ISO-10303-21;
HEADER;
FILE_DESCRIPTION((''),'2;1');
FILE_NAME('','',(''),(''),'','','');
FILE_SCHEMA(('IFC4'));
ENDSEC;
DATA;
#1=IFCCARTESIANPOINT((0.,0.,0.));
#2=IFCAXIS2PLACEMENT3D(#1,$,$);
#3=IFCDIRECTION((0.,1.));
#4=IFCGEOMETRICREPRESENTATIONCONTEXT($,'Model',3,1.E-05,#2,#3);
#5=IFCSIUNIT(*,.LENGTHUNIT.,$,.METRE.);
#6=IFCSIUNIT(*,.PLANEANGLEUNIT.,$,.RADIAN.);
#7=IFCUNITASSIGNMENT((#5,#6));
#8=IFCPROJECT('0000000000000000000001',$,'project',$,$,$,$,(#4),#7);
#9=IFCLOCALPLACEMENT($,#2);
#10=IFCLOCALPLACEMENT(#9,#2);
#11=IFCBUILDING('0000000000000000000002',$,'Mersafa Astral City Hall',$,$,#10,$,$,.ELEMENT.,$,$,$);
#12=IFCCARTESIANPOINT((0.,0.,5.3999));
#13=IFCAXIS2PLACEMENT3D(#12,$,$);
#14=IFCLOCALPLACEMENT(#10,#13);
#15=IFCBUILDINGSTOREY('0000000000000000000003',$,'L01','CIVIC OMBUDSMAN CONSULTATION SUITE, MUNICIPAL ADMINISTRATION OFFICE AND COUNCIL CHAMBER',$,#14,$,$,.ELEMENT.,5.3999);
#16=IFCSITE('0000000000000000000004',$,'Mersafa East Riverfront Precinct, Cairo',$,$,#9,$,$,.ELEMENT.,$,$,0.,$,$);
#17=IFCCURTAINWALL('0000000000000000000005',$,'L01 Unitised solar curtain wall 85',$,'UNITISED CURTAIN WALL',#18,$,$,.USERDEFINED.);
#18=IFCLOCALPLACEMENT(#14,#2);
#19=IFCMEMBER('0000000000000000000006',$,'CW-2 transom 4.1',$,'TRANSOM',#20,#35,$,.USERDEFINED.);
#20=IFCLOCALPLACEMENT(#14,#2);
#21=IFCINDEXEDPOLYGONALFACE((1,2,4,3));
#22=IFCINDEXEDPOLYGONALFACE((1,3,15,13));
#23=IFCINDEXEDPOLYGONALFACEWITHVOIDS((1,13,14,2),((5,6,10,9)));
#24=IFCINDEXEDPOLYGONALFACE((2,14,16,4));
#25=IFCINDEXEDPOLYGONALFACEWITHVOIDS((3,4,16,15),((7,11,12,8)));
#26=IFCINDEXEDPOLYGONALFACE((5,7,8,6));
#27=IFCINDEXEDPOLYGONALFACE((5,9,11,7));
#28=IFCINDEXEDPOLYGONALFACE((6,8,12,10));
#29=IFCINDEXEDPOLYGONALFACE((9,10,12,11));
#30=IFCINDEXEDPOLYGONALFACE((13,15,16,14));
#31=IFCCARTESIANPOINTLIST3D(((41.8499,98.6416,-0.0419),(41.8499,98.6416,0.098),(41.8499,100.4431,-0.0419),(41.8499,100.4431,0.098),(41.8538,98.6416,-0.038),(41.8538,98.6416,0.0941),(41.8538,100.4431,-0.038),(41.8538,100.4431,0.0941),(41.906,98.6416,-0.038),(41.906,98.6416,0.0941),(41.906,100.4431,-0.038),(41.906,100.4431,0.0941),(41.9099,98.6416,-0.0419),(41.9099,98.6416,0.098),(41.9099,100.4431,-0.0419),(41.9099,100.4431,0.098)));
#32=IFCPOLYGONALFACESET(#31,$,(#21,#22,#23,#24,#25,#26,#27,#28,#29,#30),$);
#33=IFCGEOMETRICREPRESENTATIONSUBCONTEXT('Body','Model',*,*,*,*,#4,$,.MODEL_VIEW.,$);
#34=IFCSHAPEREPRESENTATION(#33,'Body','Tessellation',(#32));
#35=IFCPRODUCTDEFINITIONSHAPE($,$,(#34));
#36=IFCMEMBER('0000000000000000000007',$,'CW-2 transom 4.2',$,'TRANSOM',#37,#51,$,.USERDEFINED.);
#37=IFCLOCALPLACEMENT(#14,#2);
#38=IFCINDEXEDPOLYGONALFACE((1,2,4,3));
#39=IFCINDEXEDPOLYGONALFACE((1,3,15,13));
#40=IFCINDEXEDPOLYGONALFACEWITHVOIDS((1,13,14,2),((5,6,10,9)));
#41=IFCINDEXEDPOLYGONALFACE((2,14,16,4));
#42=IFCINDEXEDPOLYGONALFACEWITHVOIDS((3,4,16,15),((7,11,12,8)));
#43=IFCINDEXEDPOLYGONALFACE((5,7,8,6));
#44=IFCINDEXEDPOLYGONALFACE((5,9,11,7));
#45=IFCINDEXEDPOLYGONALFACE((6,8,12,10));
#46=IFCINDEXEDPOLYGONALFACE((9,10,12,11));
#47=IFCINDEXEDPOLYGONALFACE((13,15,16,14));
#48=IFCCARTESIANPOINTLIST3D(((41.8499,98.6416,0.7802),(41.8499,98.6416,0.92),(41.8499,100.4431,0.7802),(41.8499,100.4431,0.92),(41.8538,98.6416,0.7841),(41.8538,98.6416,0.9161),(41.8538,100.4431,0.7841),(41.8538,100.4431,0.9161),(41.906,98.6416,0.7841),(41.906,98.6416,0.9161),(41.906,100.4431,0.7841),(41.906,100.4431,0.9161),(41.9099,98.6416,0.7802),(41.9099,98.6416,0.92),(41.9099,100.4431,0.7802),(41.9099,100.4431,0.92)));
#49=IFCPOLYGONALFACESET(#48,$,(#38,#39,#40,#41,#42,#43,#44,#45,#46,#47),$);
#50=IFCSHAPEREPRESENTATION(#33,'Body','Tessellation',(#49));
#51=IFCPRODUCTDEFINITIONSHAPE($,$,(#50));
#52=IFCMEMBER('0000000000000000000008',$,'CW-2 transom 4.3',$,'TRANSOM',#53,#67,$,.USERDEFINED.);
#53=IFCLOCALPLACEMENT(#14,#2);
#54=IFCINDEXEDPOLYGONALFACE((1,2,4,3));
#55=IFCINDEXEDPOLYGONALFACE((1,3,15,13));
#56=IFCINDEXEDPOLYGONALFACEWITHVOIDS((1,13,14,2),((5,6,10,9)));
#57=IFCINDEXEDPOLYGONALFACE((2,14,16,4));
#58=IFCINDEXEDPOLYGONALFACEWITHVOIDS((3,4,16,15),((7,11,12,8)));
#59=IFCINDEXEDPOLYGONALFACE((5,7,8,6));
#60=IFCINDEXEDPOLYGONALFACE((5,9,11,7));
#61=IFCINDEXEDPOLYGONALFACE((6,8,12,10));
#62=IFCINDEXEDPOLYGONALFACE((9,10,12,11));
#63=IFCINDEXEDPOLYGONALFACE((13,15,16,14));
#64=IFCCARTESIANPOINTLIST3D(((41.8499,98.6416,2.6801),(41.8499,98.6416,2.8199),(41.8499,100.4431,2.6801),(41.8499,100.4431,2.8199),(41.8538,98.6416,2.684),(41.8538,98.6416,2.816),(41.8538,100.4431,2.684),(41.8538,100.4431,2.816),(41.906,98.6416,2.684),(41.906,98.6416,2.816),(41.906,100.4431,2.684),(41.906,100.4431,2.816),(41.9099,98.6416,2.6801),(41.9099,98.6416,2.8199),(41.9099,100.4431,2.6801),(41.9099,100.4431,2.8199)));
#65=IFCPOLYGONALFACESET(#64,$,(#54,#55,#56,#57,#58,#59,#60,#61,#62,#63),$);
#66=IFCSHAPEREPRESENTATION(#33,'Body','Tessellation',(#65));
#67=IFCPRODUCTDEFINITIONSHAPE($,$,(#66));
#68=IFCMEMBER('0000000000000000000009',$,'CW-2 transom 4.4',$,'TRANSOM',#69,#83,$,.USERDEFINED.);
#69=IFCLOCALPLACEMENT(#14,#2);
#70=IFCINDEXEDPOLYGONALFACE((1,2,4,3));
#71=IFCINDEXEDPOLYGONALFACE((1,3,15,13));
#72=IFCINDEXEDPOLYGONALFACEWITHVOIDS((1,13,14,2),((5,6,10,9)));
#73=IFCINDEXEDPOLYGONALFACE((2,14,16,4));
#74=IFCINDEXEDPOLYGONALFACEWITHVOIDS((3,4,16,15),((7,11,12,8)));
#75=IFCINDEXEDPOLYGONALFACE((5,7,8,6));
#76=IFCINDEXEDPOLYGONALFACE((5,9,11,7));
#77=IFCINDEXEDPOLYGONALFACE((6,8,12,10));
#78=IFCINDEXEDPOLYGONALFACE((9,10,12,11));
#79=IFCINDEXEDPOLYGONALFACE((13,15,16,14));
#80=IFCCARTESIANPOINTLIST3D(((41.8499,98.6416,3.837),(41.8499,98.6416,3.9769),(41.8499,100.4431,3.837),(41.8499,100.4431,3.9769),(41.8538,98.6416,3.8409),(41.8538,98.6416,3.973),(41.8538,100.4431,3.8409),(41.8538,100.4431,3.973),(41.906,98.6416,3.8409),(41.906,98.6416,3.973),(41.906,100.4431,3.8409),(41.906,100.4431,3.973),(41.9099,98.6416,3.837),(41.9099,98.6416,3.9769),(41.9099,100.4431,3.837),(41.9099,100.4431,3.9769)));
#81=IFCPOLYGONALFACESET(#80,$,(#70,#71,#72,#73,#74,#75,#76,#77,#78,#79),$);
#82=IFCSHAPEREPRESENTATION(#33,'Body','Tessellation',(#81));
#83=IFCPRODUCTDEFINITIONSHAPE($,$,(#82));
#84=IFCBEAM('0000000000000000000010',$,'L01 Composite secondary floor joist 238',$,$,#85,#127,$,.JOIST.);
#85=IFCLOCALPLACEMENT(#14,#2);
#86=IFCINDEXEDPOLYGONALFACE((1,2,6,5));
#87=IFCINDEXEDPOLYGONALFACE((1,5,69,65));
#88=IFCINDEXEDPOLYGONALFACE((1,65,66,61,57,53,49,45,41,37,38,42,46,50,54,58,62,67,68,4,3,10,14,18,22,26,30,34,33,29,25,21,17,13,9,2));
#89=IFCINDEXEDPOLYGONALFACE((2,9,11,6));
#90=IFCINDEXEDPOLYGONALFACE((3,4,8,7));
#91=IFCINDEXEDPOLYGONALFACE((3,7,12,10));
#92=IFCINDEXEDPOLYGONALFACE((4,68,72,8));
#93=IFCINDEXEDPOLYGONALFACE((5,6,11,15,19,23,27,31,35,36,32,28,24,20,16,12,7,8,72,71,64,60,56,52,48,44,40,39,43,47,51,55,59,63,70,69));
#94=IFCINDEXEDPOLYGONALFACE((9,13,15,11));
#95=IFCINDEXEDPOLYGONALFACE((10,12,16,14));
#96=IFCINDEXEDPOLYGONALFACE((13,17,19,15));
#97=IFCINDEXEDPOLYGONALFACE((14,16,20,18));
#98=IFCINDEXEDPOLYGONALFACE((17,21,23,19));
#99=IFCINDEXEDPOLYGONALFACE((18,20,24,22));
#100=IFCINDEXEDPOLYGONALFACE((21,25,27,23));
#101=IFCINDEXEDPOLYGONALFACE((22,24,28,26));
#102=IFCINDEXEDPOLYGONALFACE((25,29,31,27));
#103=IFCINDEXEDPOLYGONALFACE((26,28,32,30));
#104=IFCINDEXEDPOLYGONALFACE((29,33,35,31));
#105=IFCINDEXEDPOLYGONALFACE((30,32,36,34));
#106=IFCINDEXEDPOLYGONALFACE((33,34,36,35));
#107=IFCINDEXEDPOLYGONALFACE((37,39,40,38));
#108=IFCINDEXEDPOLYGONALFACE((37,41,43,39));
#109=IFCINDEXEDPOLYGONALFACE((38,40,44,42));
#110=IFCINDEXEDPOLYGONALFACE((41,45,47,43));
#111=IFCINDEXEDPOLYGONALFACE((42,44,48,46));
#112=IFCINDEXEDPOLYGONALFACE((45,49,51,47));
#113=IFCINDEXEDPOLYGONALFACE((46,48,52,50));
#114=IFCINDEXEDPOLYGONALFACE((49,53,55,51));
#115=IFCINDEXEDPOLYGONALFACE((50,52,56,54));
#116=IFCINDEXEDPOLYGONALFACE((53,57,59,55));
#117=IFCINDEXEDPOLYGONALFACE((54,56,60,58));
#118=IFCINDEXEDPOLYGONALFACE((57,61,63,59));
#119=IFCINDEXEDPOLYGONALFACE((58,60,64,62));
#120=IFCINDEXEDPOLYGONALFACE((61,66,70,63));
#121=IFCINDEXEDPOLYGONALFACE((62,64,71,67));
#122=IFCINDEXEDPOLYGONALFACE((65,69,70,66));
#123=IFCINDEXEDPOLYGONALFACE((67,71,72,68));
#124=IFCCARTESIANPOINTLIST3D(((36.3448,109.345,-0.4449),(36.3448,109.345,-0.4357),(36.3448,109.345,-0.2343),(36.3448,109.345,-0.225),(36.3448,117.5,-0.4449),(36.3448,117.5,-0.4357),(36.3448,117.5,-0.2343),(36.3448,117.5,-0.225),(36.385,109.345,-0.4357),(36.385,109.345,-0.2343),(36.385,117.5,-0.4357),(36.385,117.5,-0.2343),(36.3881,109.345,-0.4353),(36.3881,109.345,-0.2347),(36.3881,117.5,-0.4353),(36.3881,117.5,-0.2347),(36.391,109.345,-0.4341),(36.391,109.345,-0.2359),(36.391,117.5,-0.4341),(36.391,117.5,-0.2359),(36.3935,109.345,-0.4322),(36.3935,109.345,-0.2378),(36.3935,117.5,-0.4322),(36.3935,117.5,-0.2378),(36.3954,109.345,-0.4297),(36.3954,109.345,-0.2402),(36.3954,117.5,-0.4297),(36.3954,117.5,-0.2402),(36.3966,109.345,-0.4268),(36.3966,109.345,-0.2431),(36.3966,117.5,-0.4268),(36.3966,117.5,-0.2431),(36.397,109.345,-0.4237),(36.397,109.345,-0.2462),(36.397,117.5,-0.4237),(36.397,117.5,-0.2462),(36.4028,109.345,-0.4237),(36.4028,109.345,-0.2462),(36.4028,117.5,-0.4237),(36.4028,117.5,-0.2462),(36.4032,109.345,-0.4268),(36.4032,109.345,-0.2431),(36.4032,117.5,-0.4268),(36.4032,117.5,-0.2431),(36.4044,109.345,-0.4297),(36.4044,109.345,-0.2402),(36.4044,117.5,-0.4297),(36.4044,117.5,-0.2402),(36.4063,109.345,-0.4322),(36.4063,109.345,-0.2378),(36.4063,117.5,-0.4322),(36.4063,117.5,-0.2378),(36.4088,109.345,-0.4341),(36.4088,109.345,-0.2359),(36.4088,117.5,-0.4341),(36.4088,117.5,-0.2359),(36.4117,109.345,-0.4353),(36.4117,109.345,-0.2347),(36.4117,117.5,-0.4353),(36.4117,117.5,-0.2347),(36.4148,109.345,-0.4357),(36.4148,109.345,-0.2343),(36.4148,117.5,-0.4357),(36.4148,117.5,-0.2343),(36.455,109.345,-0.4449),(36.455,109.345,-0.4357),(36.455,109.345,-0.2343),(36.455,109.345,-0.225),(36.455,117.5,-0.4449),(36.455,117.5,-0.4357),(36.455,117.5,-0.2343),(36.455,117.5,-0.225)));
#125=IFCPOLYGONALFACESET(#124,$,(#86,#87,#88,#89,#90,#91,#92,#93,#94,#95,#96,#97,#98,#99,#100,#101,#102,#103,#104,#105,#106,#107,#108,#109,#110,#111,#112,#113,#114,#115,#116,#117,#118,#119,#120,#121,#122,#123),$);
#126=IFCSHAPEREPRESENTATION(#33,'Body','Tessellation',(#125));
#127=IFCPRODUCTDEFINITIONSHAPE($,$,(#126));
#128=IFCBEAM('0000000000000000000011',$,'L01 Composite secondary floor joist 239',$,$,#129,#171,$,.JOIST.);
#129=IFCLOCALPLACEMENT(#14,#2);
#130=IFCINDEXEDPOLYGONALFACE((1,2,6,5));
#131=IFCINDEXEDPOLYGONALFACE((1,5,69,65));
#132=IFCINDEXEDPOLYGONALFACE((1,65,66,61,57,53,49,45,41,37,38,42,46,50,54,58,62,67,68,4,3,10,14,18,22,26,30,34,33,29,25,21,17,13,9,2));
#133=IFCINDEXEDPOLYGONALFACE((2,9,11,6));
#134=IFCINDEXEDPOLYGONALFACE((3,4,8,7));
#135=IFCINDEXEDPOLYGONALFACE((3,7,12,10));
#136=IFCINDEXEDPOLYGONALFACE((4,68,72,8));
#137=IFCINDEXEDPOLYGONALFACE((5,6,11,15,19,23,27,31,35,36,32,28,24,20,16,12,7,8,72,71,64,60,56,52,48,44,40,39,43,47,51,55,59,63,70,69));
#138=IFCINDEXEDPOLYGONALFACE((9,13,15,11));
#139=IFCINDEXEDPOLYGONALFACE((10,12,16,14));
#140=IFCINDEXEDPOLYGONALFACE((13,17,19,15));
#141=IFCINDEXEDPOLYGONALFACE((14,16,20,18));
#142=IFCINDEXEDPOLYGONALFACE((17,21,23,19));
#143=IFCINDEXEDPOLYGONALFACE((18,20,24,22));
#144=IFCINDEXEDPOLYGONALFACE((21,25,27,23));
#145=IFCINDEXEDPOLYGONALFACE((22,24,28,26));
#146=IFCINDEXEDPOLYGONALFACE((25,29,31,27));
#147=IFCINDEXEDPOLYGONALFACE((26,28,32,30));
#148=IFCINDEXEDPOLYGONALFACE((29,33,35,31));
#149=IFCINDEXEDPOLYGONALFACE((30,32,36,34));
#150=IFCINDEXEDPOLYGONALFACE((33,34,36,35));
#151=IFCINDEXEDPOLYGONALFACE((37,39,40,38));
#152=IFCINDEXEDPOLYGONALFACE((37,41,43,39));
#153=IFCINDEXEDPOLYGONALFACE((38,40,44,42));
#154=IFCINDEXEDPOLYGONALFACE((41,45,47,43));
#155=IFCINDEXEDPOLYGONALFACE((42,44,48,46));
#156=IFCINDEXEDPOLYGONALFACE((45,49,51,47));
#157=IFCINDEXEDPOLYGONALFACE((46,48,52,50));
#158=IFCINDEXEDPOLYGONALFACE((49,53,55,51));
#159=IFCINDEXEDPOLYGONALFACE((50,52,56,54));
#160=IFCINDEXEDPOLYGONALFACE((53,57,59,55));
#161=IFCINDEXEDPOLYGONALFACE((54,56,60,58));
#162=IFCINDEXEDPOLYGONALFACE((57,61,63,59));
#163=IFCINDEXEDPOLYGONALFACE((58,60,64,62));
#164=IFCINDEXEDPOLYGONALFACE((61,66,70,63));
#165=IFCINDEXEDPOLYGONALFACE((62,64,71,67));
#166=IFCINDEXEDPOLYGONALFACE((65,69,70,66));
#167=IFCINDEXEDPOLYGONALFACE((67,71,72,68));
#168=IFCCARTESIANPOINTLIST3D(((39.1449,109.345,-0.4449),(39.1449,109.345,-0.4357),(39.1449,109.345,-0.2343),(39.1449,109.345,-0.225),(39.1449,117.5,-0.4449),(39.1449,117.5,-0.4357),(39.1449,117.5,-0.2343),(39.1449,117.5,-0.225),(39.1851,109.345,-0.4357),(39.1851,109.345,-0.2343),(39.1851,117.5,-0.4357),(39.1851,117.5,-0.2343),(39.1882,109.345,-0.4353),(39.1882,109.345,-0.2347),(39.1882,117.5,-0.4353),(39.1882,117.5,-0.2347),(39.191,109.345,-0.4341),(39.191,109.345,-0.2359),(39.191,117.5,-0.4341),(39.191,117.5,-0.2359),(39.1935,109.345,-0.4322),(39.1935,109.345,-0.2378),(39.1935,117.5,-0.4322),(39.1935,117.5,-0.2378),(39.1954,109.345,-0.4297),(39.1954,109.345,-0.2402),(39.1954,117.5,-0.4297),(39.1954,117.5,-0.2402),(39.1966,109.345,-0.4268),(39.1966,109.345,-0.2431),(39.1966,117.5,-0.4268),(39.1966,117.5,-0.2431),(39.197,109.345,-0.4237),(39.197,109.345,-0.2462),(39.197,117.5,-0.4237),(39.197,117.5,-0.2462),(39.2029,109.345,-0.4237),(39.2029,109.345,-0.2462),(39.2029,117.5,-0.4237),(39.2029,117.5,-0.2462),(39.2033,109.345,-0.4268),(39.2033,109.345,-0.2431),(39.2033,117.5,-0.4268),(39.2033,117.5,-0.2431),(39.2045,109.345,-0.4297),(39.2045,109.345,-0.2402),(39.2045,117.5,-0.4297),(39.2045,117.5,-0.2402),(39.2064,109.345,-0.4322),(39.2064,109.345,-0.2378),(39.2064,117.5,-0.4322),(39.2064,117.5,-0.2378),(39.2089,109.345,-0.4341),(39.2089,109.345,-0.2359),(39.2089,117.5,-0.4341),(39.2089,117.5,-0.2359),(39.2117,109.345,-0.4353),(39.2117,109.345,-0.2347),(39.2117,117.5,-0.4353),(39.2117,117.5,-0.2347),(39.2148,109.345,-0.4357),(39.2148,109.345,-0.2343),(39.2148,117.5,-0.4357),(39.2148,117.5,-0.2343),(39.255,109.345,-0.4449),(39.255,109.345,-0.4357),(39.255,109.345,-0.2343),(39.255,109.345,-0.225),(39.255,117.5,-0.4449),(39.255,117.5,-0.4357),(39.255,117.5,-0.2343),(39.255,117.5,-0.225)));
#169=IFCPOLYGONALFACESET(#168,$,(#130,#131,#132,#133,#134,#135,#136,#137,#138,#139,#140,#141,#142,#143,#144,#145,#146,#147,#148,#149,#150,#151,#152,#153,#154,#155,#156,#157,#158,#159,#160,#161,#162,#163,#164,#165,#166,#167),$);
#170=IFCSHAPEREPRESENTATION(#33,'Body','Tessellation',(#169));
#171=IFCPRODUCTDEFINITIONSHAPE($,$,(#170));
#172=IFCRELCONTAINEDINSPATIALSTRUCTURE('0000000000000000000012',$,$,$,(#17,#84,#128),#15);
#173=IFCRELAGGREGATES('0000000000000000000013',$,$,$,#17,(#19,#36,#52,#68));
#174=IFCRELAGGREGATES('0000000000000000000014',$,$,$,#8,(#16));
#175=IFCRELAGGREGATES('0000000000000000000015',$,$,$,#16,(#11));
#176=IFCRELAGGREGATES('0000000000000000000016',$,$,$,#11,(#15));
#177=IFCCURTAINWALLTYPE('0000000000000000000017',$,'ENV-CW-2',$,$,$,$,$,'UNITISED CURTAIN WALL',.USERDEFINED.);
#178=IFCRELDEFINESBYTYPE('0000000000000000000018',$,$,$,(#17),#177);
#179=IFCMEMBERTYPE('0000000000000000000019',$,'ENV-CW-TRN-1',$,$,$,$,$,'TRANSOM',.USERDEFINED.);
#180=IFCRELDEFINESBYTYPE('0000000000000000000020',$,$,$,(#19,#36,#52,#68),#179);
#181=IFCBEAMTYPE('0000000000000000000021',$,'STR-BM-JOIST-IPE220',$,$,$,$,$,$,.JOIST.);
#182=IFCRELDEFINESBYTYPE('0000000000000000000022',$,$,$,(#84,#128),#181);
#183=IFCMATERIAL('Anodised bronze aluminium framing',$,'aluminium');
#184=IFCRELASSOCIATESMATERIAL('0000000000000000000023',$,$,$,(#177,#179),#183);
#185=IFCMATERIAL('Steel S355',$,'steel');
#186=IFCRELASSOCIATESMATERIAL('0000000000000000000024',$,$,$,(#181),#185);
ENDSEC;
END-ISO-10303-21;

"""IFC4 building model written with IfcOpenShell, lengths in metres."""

from ifc_helpers import new_model, si_unit, direction, frame, origin, origin_2d, place, context, subcontext, project, spatial, hollow_rectangle, i_section, extrude, material, material_profile, profile_set, type_object, element, aggregate, save


model = new_model("IFC4")

# Units and contexts
model_context = context("Model", 3, precision=1e-05, world=origin(), true_north=direction((0.0, 1.0)))
body_context = subcontext(model_context, "Body", "Model", "MODEL_VIEW")
ifc_project = project(units=[si_unit("LENGTHUNIT", "METRE"), si_unit("PLANEANGLEUNIT", "RADIAN")], contexts=[model_context])

# Site, building, storey
site_placement = place(None, origin())
site = spatial("IfcSite", under=ifc_project, at=site_placement, Name="Mersafa East Riverfront Precinct, Cairo", CompositionType="ELEMENT", RefElevation=0.0)
building_placement = place(site_placement, origin())
building = spatial("IfcBuilding", under=site, at=building_placement, Name="Mersafa Astral City Hall", CompositionType="ELEMENT")
storey_placement = place(building_placement, frame((0.0, 0.0, 5.3999)))
storey = spatial("IfcBuildingStorey", under=building, at=storey_placement, Name="L01", Description="CIVIC OMBUDSMAN CONSULTATION SUITE, MUNICIPAL ADMINISTRATION OFFICE AND COUNCIL CHAMBER", CompositionType="ELEMENT", Elevation=5.3999)

# Curtain wall, members
ifc_material_1 = material(Name="Anodised bronze aluminium framing", Category="aluminium")
curtain_wall_type = type_object("IfcCurtainWallType", Name="ENV-CW-2", ElementType="UNITISED CURTAIN WALL", PredefinedType="USERDEFINED", material=ifc_material_1)
curtain_wall_placement = place(storey_placement, origin())
curtain_wall = element("IfcCurtainWall", 1, at=curtain_wall_placement, inside=storey, type_object=curtain_wall_type, Name="L01 Unitised solar curtain wall 85", ObjectType="UNITISED CURTAIN WALL", PredefinedType="USERDEFINED")
ifc_material_profile_1 = material_profile(ifc_material_1, hollow_rectangle(XDim=0.0601, YDim=0.1399, WallThickness=0.0039, at=origin_2d()), Name="RHS 60x140x4")
ifc_profile_set_1 = profile_set([ifc_material_profile_1], Name="Anodised bronze aluminium framing")
member_type_1 = type_object("IfcMemberType", Name="ENV-CW-TRN-1", ElementType="TRANSOM", PredefinedType="USERDEFINED", material=ifc_profile_set_1)
member_1_placement = place(storey_placement, frame((41.8799, 98.6416, 0.0281), z_axis=(0.0, 1.0, 0.0), x_axis=(-1.0, 0.0, 0.0)))
member_1 = element("IfcMember", 2, at=member_1_placement, type_object=member_type_1, Name="CW-2 transom 4.1", ObjectType="TRANSOM", PredefinedType="USERDEFINED", context=body_context, shape_type="SweptSolid", body=[
    extrude(hollow_rectangle(XDim=0.0601, YDim=0.1399, WallThickness=0.0039, at=origin_2d()), origin(), (0.0, 0.0, 1.0), 1.8015),
])
member_2_placement = place(storey_placement, frame((41.8799, 98.6416, 0.8501), z_axis=(0.0, 1.0, 0.0), x_axis=(-1.0, 0.0, 0.0)))
member_2 = element("IfcMember", 3, at=member_2_placement, type_object=member_type_1, Name="CW-2 transom 4.2", ObjectType="TRANSOM", PredefinedType="USERDEFINED", context=body_context, shape_type="SweptSolid", body=[
    extrude(hollow_rectangle(XDim=0.0601, YDim=0.1399, WallThickness=0.0039, at=origin_2d()), origin(), (0.0, 0.0, 1.0), 1.8015),
])
member_3_placement = place(storey_placement, frame((41.8799, 98.6416, 2.75), z_axis=(0.0, 1.0, 0.0), x_axis=(-1.0, 0.0, 0.0)))
member_3 = element("IfcMember", 4, at=member_3_placement, type_object=member_type_1, Name="CW-2 transom 4.3", ObjectType="TRANSOM", PredefinedType="USERDEFINED", context=body_context, shape_type="SweptSolid", body=[
    extrude(hollow_rectangle(XDim=0.0601, YDim=0.1399, WallThickness=0.0039, at=origin_2d()), origin(), (0.0, 0.0, 1.0), 1.8015),
])
member_4_placement = place(storey_placement, frame((41.8799, 98.6416, 3.907), z_axis=(0.0, 1.0, 0.0), x_axis=(-1.0, 0.0, 0.0)))
member_4 = element("IfcMember", 5, at=member_4_placement, type_object=member_type_1, Name="CW-2 transom 4.4", ObjectType="TRANSOM", PredefinedType="USERDEFINED", context=body_context, shape_type="SweptSolid", body=[
    extrude(hollow_rectangle(XDim=0.0601, YDim=0.1399, WallThickness=0.0039, at=origin_2d()), origin(), (0.0, 0.0, 1.0), 1.8015),
])

# Beams
ifc_material_2 = material(Name="Steel S355", Category="steel")
ifc_material_profile_2 = material_profile(ifc_material_2, i_section(OverallWidth=0.1101, OverallDepth=0.22, WebThickness=0.0059, FlangeThickness=0.0093, FilletRadius=0.012, at=origin_2d()), Name="IPE 220")
ifc_profile_set_2 = profile_set([ifc_material_profile_2], Name="Steel S355")
beam_type_1 = type_object("IfcBeamType", Name="STR-BM-JOIST-IPE220", PredefinedType="JOIST", material=ifc_profile_set_2)
for number, where, z_axis, x_axis, name in (
    (6, (36.3999, 109.345, -0.335), (0.0, 1.0, 0.0), (-1.0, 0.0, 0.0), "L01 Composite secondary floor joist 238"),
    (7, (39.2, 109.345, -0.335), (0.0, 1.0, 0.0), (-1.0, 0.0, 0.0), "L01 Composite secondary floor joist 239"),
):
    element("IfcBeam", number, at=place(storey_placement, frame(where, z_axis=z_axis, x_axis=x_axis)), inside=storey, type_object=beam_type_1, Name=name, PredefinedType="JOIST", context=body_context, shape_type="SweptSolid", body=[
        extrude(i_section(OverallWidth=0.1101, OverallDepth=0.22, WebThickness=0.0059, FlangeThickness=0.0093, FilletRadius=0.012, at=origin_2d()), origin(), (0.0, 0.0, 1.0), 8.155),
    ])

aggregate(curtain_wall, [member_1, member_2, member_3, member_4])

save(model, "model.ifc")
